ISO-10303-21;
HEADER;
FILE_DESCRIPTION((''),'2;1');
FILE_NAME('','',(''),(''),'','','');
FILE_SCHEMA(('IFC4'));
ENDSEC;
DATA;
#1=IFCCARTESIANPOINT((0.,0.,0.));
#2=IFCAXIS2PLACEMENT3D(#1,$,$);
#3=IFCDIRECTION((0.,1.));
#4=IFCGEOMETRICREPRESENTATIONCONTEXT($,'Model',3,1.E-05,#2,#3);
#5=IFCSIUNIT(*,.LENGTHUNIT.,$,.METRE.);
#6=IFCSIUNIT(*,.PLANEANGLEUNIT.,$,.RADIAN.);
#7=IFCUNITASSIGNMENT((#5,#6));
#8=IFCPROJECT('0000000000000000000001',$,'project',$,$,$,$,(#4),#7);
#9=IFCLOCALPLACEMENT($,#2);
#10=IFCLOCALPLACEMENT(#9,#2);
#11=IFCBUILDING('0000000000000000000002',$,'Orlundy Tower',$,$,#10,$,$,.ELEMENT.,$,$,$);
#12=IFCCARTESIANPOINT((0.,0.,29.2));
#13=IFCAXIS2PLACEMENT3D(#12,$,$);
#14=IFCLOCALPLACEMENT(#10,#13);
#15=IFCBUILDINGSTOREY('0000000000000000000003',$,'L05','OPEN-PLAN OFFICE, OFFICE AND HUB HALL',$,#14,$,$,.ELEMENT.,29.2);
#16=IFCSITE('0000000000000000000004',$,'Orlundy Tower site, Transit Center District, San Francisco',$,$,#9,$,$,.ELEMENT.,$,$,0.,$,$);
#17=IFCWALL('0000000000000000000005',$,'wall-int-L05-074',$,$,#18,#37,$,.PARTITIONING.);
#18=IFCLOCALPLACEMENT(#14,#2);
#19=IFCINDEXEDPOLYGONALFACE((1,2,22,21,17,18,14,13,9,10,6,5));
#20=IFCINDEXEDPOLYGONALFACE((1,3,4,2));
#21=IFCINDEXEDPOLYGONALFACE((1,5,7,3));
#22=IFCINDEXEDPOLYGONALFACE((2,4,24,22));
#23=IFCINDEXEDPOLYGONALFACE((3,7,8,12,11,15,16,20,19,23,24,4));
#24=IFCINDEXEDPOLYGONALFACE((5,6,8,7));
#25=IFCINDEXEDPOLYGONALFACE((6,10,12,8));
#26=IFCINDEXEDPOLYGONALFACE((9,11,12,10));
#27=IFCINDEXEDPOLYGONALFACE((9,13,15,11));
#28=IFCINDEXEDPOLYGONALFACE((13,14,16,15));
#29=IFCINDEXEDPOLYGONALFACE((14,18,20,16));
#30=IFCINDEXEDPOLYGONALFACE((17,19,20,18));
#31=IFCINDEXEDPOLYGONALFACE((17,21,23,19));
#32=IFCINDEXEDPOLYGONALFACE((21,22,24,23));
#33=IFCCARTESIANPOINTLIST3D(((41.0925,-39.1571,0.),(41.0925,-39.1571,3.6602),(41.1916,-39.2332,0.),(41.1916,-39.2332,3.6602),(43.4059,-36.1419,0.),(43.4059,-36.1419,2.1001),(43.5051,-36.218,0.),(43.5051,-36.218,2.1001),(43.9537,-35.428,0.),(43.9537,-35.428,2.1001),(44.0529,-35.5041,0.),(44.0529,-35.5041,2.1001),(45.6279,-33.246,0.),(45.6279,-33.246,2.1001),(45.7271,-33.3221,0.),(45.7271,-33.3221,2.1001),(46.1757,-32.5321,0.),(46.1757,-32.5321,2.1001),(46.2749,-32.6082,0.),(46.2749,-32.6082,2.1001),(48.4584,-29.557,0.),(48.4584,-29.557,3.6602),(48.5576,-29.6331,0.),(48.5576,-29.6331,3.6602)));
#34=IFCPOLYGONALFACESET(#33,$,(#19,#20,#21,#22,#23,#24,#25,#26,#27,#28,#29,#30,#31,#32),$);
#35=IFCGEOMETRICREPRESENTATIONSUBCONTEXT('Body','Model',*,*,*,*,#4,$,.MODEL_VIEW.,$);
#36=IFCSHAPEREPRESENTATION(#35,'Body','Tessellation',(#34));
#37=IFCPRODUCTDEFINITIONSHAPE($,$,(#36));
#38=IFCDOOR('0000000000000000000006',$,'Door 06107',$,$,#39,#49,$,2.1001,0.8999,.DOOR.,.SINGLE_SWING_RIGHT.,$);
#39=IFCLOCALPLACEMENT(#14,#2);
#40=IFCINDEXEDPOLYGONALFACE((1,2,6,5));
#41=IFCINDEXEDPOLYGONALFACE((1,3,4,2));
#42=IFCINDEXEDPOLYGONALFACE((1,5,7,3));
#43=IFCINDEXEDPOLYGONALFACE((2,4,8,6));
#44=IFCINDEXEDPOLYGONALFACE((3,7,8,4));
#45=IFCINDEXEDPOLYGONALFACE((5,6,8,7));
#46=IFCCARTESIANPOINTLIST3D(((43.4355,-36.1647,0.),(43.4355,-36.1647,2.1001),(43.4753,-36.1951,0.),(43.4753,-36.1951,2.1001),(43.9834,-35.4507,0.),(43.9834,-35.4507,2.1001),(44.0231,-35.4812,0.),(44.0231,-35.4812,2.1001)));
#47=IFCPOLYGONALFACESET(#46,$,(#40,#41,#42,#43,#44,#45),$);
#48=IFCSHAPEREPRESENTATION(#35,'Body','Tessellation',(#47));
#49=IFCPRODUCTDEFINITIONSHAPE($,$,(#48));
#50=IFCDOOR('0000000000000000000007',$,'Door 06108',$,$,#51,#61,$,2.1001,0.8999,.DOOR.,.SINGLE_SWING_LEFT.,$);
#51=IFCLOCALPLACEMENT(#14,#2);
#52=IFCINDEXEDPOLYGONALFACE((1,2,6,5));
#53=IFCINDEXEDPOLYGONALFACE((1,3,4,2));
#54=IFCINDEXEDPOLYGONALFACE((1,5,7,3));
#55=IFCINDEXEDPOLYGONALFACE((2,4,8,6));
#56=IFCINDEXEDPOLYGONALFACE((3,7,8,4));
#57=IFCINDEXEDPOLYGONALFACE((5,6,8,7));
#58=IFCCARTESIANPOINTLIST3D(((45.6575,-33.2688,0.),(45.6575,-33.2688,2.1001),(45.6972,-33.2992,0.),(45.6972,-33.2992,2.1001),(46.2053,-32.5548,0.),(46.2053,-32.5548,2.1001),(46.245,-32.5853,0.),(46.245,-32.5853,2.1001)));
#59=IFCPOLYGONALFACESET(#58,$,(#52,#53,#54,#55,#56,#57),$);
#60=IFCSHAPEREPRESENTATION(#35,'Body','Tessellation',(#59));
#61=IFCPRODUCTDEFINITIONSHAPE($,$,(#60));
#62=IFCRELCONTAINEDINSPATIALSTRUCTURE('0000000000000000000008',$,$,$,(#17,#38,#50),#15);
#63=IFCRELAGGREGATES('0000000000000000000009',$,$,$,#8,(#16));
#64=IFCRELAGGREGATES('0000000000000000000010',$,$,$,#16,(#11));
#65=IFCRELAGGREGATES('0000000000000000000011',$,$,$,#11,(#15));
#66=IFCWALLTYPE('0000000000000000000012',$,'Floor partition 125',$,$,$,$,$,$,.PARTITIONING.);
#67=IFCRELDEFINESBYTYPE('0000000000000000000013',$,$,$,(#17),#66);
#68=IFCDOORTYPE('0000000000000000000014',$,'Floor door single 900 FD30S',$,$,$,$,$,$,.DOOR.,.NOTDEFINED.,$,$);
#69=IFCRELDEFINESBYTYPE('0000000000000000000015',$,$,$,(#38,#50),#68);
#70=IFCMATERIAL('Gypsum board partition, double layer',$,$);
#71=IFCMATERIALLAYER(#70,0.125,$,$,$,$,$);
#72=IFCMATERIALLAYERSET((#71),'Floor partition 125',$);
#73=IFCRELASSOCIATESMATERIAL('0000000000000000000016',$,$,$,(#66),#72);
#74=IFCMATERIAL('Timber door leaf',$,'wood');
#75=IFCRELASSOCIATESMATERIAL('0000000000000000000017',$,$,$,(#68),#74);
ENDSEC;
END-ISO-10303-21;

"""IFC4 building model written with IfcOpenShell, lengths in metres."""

from ifc_helpers import new_model, si_unit, direction, frame, frame_2d, origin, place, context, subcontext, project, spatial, rectangle, extrude, material, layer, layer_set, type_object, element, fill, save


model = new_model("IFC4")

# Units and contexts
model_context = context("Model", 3, precision=1e-05, world=origin(), true_north=direction((0.0, 1.0)))
body_context = subcontext(model_context, "Body", "Model", "MODEL_VIEW")
ifc_project = project(units=[si_unit("LENGTHUNIT", "METRE"), si_unit("PLANEANGLEUNIT", "RADIAN")], contexts=[model_context])

# Site, building, storey
site_placement = place(None, origin())
site = spatial("IfcSite", under=ifc_project, at=site_placement, Name="Orlundy Tower site, Transit Center District, San Francisco", CompositionType="ELEMENT", RefElevation=0.0)
building_placement = place(site_placement, origin())
building = spatial("IfcBuilding", under=site, at=building_placement, Name="Orlundy Tower", CompositionType="ELEMENT")
storey_placement = place(building_placement, frame((0.0, 0.0, 29.2)))
storey = spatial("IfcBuildingStorey", under=building, at=storey_placement, Name="L05", Description="OPEN-PLAN OFFICE, OFFICE AND HUB HALL", CompositionType="ELEMENT", Elevation=29.2)

# Shared definitions
ifc_material_1 = material(Name="Gypsum board partition, double layer")
ifc_layer_1 = layer(ifc_material_1, 0.125)
ifc_layer_set_1 = layer_set([ifc_layer_1], Name="Floor partition 125")
wall_type_1 = type_object("IfcWallType", Name="Floor partition 125", PredefinedType="PARTITIONING", material=ifc_layer_set_1)

# Shared definitions
ifc_material_2 = material(Name="Timber door leaf", Category="wood")
door_type = type_object("IfcDoorType", Name="Floor door single 900 FD30S", OperationType="NOTDEFINED", PredefinedType="DOOR", material=ifc_material_2)

# Wall, openings, doors
wall_1_placement = place(storey_placement, frame((48.5081, -29.595, 0.0), z_axis=(0.0, 0.0, 1.0), x_axis=(-0.608738, -0.793371, 0.0)))
wall_1 = element("IfcWall", 1, at=wall_1_placement, inside=storey, type_object=wall_type_1, Name="wall-int-L05-074", PredefinedType="PARTITIONING", context=body_context, shape_type="SweptSolid", body=[
    extrude(rectangle(XDim=12.1003, YDim=0.125, at=frame_2d((6.0503, 0.0))), origin(), (0.0, 0.0, 1.0), 3.6602),
])
opening_1_placement = place(wall_1_placement, frame((7.4001, 0.0, 0.0)))
opening_1 = element("IfcOpeningElement", 2, at=opening_1_placement, cuts=wall_1, PredefinedType="OPENING", context=body_context, shape_type="SweptSolid", body=[
    extrude(rectangle(XDim=0.8999, YDim=2.1001, at=frame_2d((0.45, 1.05))), frame((0.0, 0.0725, 0.0), z_axis=(0.0, -1.0, 0.0), x_axis=(1.0, 0.0, 0.0)), (0.0, 0.0, 1.0), 0.145),
])
opening_2_placement = place(wall_1_placement, frame((3.75, 0.0, 0.0)))
opening_2 = element("IfcOpeningElement", 3, at=opening_2_placement, cuts=wall_1, PredefinedType="OPENING", context=body_context, shape_type="SweptSolid", body=[
    extrude(rectangle(XDim=0.8999, YDim=2.1001, at=frame_2d((0.45, 1.05))), frame((0.0, 0.0725, 0.0), z_axis=(0.0, -1.0, 0.0), x_axis=(1.0, 0.0, 0.0)), (0.0, 0.0, 1.0), 0.145),
])
door_1_placement = place(opening_1_placement, origin())
door_1 = element("IfcDoor", 4, at=door_1_placement, inside=storey, type_object=door_type, Name="Door 06107", OperationType="SINGLE_SWING_RIGHT", OverallHeight=2.1001, OverallWidth=0.8999, PredefinedType="DOOR", context=body_context, shape_type="SweptSolid", body=[
    extrude(rectangle(XDim=0.8999, YDim=2.1001, at=frame_2d((0.45, 1.05))), frame((0.0, 0.0249, 0.0), z_axis=(0.0, -1.0, 0.0), x_axis=(1.0, 0.0, 0.0)), (0.0, 0.0, 1.0), 0.05),
])
fill(opening_1, door_1)
door_2_placement = place(opening_2_placement, origin())
door_2 = element("IfcDoor", 5, at=door_2_placement, inside=storey, type_object=door_type, Name="Door 06108", OperationType="SINGLE_SWING_LEFT", OverallHeight=2.1001, OverallWidth=0.8999, PredefinedType="DOOR", context=body_context, shape_type="SweptSolid", body=[
    extrude(rectangle(XDim=0.8999, YDim=2.1001, at=frame_2d((0.45, 1.05))), frame((0.0, 0.0249, 0.0), z_axis=(0.0, -1.0, 0.0), x_axis=(1.0, 0.0, 0.0)), (0.0, 0.0, 1.0), 0.05),
])
fill(opening_2, door_2)

save(model, "model.ifc")
